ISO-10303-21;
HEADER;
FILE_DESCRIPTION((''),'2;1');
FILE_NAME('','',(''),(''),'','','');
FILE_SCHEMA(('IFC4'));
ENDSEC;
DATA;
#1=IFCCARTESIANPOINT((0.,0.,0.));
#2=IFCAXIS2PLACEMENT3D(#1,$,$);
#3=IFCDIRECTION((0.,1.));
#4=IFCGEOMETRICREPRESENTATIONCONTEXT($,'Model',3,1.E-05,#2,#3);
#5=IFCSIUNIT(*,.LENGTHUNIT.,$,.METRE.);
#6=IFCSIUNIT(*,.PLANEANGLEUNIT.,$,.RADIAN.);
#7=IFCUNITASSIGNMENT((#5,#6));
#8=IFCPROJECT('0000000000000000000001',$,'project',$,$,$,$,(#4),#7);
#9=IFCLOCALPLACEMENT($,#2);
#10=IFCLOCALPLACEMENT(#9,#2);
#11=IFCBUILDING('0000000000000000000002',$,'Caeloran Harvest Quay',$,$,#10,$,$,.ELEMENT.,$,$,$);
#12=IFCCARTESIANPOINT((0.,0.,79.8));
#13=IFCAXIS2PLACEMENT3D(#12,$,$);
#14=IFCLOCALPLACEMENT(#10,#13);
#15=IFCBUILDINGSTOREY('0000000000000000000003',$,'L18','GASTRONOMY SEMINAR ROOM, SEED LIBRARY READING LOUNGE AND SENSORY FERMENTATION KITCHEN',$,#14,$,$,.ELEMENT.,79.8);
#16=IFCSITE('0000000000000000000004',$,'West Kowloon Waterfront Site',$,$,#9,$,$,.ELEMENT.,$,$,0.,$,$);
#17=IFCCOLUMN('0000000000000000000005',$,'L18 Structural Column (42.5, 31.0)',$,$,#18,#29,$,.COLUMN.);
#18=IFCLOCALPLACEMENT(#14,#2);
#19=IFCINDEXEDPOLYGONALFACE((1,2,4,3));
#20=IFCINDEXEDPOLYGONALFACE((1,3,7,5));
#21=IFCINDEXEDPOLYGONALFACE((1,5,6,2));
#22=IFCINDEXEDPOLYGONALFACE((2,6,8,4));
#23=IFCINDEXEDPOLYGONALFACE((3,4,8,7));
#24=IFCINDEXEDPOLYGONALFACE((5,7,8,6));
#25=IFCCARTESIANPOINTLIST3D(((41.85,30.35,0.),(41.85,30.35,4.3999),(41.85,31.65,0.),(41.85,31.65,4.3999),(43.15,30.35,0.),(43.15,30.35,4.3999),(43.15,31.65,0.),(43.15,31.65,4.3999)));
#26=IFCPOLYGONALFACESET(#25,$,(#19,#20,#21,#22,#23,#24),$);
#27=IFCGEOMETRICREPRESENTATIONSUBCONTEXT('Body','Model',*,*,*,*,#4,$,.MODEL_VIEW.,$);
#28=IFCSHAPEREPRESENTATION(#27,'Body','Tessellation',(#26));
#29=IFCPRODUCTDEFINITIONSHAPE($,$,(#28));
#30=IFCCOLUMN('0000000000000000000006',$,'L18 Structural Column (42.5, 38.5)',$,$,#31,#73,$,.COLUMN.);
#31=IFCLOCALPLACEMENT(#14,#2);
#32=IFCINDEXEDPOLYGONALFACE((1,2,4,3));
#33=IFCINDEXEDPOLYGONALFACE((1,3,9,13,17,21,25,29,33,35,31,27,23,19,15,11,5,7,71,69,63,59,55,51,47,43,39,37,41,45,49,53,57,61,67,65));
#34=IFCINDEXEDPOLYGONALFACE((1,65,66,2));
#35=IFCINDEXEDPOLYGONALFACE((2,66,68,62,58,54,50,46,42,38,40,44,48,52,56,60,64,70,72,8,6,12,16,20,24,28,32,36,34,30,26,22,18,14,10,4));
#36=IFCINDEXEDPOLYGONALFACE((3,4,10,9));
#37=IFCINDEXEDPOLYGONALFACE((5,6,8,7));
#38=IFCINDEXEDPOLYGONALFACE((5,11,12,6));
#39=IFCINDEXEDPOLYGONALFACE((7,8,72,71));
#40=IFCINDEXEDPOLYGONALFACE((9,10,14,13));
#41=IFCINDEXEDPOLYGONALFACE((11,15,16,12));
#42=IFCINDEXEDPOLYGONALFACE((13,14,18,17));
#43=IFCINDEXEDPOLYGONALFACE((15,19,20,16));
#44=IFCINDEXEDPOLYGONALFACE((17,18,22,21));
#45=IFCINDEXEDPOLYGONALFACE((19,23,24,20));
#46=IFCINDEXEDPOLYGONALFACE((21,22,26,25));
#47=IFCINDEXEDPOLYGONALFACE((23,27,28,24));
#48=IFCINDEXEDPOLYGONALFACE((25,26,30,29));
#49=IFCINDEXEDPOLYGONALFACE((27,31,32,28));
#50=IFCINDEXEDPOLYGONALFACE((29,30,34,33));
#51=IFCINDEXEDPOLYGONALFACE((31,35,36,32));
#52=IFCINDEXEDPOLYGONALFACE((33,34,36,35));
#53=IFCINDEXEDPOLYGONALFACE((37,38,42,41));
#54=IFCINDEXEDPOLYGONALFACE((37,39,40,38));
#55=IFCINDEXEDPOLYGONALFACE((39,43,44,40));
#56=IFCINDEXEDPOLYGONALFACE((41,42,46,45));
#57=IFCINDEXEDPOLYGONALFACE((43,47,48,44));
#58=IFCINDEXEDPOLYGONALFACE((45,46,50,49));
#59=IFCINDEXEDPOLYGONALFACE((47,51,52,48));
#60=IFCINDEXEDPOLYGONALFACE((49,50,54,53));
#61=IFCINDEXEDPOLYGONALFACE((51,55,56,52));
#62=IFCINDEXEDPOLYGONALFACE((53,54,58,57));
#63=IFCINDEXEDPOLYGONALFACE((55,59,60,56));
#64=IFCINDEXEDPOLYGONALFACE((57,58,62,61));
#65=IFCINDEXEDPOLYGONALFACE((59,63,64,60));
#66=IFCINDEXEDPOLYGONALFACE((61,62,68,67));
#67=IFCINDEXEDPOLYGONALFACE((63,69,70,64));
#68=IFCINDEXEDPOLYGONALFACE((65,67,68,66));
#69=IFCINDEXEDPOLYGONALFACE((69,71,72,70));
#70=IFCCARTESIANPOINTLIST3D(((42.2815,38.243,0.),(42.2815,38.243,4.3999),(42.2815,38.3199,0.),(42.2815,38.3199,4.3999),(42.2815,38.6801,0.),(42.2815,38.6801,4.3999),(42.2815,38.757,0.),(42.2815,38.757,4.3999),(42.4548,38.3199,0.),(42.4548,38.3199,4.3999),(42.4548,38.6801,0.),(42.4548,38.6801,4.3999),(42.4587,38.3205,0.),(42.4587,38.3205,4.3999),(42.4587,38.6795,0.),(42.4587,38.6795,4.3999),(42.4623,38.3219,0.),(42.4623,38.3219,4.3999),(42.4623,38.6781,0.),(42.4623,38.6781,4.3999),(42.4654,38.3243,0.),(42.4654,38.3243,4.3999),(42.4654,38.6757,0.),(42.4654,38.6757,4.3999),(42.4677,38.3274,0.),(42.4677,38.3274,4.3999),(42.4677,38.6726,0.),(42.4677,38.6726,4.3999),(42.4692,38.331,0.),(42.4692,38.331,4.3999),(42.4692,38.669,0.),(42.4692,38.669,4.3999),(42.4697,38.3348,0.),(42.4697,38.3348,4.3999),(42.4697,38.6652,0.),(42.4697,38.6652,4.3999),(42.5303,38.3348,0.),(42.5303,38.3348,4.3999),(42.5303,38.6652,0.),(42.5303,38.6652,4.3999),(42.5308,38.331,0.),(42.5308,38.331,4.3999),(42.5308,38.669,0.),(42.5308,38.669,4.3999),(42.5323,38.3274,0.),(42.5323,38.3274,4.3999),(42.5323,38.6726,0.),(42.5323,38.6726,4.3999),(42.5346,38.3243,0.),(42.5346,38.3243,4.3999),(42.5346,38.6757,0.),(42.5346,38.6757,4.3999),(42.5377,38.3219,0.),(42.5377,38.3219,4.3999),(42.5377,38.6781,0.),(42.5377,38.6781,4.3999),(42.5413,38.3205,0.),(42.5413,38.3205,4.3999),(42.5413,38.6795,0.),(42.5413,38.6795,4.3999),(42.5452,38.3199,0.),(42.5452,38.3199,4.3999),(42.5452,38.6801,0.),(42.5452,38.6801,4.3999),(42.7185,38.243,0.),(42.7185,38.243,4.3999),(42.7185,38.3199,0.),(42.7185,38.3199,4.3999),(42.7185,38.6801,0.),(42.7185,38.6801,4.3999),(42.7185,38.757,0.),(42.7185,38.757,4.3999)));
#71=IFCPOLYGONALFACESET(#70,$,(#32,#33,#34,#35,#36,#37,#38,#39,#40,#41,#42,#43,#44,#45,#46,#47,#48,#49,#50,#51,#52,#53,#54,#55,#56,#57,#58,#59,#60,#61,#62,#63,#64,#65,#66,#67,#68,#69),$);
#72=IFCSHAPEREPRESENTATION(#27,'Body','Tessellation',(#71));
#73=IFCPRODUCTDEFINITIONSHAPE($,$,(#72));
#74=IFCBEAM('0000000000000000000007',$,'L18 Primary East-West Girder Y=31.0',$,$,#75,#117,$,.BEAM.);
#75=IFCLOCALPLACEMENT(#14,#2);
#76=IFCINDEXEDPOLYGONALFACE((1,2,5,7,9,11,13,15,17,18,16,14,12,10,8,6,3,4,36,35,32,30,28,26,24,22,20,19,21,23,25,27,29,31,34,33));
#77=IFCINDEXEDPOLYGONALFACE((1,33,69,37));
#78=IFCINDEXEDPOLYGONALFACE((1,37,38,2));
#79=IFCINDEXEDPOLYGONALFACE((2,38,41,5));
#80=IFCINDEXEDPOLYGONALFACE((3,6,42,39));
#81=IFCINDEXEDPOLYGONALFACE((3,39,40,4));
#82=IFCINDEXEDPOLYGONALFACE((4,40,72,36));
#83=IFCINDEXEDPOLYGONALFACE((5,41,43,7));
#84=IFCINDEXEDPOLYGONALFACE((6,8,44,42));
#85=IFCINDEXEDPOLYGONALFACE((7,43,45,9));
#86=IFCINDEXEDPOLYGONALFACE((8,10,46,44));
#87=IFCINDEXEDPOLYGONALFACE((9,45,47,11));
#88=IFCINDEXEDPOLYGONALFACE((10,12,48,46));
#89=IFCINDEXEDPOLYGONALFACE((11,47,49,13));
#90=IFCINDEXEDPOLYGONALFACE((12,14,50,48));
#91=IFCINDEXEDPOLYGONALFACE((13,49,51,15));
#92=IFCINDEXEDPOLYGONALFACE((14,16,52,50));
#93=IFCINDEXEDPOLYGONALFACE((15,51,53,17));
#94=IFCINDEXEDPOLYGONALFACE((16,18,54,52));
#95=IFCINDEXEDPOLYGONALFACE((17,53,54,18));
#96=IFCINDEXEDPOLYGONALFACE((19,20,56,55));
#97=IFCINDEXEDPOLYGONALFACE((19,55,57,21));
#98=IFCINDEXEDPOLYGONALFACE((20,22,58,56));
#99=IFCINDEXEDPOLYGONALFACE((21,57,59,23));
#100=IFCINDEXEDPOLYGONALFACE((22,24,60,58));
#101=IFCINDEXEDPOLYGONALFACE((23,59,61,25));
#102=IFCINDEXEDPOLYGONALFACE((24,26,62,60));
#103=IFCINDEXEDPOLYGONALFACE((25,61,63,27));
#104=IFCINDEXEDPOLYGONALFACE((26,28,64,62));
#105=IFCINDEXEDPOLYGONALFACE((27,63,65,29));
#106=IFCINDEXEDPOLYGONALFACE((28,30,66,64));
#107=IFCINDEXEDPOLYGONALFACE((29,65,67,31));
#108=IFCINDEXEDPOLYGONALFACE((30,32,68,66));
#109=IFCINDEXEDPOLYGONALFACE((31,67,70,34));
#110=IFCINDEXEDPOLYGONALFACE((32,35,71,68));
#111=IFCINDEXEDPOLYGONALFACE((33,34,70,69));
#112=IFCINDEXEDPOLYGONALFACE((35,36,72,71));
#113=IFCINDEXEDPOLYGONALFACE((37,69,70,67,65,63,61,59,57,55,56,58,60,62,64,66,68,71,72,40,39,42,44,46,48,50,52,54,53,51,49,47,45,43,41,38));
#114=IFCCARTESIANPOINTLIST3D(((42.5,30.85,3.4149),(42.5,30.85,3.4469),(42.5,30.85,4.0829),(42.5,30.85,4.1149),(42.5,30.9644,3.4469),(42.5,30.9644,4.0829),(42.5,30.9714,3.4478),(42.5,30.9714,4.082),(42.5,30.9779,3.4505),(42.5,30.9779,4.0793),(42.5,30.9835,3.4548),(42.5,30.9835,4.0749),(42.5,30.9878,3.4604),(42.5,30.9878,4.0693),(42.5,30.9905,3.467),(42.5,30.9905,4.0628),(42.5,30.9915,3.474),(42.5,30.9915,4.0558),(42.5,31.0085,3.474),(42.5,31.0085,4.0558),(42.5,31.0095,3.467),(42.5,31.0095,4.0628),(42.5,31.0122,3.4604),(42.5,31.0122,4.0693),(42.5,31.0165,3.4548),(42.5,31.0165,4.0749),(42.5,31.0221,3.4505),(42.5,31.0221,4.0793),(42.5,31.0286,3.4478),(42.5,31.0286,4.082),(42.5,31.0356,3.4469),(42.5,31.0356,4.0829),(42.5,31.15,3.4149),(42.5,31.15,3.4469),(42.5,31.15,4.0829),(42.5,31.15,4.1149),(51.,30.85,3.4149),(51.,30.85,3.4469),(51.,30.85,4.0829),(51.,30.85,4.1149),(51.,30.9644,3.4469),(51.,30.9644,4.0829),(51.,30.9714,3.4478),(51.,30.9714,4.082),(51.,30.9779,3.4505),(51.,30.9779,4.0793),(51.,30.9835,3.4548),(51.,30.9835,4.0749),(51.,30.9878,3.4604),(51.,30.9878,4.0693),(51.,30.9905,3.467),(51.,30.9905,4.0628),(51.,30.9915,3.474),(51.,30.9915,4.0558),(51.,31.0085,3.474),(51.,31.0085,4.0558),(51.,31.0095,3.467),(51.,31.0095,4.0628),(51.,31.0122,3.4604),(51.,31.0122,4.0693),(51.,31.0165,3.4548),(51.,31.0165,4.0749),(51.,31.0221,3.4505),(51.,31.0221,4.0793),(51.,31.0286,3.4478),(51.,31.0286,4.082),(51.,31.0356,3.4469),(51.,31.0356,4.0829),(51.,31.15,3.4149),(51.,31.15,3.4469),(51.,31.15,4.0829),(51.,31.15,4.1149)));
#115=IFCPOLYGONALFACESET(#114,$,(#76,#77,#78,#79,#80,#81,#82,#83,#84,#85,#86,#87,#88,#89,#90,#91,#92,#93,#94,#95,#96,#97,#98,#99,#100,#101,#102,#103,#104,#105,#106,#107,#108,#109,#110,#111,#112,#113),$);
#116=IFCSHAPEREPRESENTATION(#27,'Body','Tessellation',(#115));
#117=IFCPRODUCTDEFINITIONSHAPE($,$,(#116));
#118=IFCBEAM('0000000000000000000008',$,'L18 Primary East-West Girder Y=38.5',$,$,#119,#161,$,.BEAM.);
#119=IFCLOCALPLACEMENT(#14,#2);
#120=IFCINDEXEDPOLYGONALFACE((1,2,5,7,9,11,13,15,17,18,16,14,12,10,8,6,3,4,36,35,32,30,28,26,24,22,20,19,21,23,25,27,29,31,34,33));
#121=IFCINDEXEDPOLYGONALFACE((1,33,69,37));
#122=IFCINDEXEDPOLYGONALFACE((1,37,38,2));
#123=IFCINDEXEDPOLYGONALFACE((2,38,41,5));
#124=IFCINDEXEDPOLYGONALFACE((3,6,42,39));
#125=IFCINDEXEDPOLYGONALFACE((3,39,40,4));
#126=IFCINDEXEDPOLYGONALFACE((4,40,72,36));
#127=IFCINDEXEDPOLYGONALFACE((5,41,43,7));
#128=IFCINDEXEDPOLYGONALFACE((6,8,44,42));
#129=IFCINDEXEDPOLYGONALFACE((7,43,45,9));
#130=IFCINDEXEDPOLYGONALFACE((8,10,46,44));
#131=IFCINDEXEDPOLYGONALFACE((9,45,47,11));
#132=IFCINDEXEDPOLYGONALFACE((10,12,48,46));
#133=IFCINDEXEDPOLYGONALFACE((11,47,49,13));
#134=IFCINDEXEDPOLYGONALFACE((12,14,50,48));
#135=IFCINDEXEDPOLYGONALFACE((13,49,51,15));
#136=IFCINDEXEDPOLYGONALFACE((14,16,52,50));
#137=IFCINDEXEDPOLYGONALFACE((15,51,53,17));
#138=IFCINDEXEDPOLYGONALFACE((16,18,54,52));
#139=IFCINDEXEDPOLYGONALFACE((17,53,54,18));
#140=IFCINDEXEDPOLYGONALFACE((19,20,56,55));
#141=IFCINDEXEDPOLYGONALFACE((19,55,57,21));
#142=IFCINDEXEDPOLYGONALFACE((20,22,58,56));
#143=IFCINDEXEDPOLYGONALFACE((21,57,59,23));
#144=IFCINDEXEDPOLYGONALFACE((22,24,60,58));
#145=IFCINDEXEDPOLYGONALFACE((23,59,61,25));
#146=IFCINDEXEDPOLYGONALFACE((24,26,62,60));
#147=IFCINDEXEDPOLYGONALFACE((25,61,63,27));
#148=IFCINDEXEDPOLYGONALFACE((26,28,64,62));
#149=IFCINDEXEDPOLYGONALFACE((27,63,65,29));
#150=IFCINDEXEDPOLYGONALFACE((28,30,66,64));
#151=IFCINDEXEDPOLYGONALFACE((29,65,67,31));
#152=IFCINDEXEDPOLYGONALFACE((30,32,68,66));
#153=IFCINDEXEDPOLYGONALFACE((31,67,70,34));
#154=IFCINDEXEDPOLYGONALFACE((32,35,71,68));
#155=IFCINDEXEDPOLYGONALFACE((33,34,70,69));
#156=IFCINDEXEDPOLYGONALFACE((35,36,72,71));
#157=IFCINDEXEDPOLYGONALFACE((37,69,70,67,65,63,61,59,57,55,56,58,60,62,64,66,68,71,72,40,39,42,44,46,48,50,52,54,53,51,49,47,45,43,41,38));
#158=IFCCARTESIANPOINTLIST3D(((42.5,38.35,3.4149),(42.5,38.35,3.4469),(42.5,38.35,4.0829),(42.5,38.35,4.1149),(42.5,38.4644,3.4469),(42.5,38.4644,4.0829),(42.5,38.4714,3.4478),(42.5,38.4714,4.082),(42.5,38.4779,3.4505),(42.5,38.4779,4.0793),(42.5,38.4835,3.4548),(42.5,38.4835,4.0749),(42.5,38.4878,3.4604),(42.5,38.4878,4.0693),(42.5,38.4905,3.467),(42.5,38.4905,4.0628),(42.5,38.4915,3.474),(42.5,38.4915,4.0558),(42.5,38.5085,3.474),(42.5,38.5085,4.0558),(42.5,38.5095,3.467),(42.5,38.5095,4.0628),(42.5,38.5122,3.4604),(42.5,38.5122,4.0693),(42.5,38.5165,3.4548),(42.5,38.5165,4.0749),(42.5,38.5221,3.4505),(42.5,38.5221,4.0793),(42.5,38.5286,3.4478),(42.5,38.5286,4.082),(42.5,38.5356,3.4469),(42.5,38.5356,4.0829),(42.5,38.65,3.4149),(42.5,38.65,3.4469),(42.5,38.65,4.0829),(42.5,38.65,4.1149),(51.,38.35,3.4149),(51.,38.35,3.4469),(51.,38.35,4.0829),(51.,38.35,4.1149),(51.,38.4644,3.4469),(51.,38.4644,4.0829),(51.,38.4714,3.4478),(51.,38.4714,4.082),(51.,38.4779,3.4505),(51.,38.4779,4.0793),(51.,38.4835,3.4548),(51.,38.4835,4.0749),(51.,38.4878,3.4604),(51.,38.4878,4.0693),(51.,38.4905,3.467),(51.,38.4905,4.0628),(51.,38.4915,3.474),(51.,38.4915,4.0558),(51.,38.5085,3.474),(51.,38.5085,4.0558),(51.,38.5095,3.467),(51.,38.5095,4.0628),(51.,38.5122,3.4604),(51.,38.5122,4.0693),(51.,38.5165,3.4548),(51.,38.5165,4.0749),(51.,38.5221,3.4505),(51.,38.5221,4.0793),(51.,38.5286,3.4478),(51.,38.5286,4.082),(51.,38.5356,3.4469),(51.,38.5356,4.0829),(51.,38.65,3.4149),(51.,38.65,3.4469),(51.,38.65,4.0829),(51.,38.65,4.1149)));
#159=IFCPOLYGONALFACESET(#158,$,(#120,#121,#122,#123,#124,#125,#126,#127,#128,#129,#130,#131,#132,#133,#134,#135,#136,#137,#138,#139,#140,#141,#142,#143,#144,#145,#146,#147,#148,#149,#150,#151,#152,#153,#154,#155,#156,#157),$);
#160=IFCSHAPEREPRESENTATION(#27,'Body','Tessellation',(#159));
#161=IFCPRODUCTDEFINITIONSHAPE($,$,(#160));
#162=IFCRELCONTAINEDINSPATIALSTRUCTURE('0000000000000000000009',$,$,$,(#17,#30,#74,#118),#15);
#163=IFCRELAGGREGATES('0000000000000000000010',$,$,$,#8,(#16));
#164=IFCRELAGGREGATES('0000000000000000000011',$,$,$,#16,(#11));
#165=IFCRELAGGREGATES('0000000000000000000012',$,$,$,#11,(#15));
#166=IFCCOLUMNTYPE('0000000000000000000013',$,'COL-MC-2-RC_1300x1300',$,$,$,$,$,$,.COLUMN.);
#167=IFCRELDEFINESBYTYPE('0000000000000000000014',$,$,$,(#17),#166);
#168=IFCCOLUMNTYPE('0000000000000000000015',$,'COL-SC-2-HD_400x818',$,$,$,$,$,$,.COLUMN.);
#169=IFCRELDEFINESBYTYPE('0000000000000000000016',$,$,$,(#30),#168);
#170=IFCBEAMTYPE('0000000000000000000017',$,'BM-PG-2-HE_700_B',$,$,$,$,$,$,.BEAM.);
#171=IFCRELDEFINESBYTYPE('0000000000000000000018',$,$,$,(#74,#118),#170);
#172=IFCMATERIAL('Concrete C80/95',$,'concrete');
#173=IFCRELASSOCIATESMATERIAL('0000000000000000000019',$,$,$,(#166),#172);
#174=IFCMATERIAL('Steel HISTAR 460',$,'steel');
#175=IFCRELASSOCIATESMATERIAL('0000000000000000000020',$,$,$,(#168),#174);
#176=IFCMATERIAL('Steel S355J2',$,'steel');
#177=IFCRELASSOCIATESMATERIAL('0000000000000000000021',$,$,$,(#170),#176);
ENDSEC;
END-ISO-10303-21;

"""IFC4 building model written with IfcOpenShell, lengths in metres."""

from ifc_helpers import new_model, si_unit, direction, frame, origin, origin_2d, place, context, subcontext, project, spatial, rectangle, i_section, extrude, material, material_profile, profile_set, type_object, element, save


model = new_model("IFC4")

# Units and contexts
model_context = context("Model", 3, precision=1e-05, world=origin(), true_north=direction((0.0, 1.0)))
body_context = subcontext(model_context, "Body", "Model", "MODEL_VIEW")
ifc_project = project(units=[si_unit("LENGTHUNIT", "METRE"), si_unit("PLANEANGLEUNIT", "RADIAN")], contexts=[model_context])

# Site, building, storey
site_placement = place(None, origin())
site = spatial("IfcSite", under=ifc_project, at=site_placement, Name="West Kowloon Waterfront Site", CompositionType="ELEMENT", RefElevation=0.0)
building_placement = place(site_placement, origin())
building = spatial("IfcBuilding", under=site, at=building_placement, Name="Caeloran Harvest Quay", CompositionType="ELEMENT")
storey_placement = place(building_placement, frame((0.0, 0.0, 79.8)))
storey = spatial("IfcBuildingStorey", under=building, at=storey_placement, Name="L18", Description="GASTRONOMY SEMINAR ROOM, SEED LIBRARY READING LOUNGE AND SENSORY FERMENTATION KITCHEN", CompositionType="ELEMENT", Elevation=79.8)

# Columns
ifc_material_1 = material(Name="Concrete C80/95", Category="concrete")
ifc_material_profile_1 = material_profile(ifc_material_1, rectangle(XDim=1.3, YDim=1.3, at=origin_2d()), Name="RC 1300x1300")
ifc_profile_set_1 = profile_set([ifc_material_profile_1], Name="Concrete C80/95")
column_type_1 = type_object("IfcColumnType", Name="COL-MC-2-RC_1300x1300", PredefinedType="COLUMN", material=ifc_profile_set_1)
column_1_placement = place(storey_placement, frame((42.5, 31.0, 0.0), z_axis=(0.0, 0.0, 1.0), x_axis=(1.0, 0.0, 0.0)))
element("IfcColumn", 1, at=column_1_placement, inside=storey, type_object=column_type_1, Name="L18 Structural Column (42.5, 31.0)", PredefinedType="COLUMN", context=body_context, shape_type="SweptSolid", body=[
    extrude(rectangle(XDim=1.3, YDim=1.3, at=origin_2d()), origin(), (0.0, 0.0, 1.0), 4.3999),
])
ifc_material_2 = material(Name="Steel HISTAR 460", Category="steel")
ifc_material_profile_2 = material_profile(ifc_material_2, i_section(OverallWidth=0.437, OverallDepth=0.5139, WebThickness=0.0605, FlangeThickness=0.0769, FilletRadius=0.0149, at=origin_2d()), Name="HD 400x818")
ifc_profile_set_2 = profile_set([ifc_material_profile_2], Name="Steel HISTAR 460")
column_type_2 = type_object("IfcColumnType", Name="COL-SC-2-HD_400x818", PredefinedType="COLUMN", material=ifc_profile_set_2)
column_2_placement = place(storey_placement, frame((42.5, 38.5, 0.0), z_axis=(0.0, 0.0, 1.0), x_axis=(1.0, 0.0, 0.0)))
element("IfcColumn", 2, at=column_2_placement, inside=storey, type_object=column_type_2, Name="L18 Structural Column (42.5, 38.5)", PredefinedType="COLUMN", context=body_context, shape_type="SweptSolid", body=[
    extrude(i_section(OverallWidth=0.437, OverallDepth=0.5139, WebThickness=0.0605, FlangeThickness=0.0769, FilletRadius=0.0149, at=origin_2d()), origin(), (0.0, 0.0, 1.0), 4.3999),
])

# Beams
ifc_material_3 = material(Name="Steel S355J2", Category="steel")
ifc_material_profile_3 = material_profile(ifc_material_3, i_section(OverallWidth=0.3, OverallDepth=0.7, WebThickness=0.0171, FlangeThickness=0.032, FilletRadius=0.0271, at=origin_2d()), Name="HE 700 B")
ifc_profile_set_3 = profile_set([ifc_material_profile_3], Name="Steel S355J2")
beam_type_1 = type_object("IfcBeamType", Name="BM-PG-2-HE_700_B", PredefinedType="BEAM", material=ifc_profile_set_3)
for number, where, z_axis, x_axis, name in (
    (3, (42.5, 31.0, 3.7649), (1.0, 0.0, 0.0), (0.0, 1.0, 0.0), "L18 Primary East-West Girder Y=31.0"),
    (4, (42.5, 38.5, 3.7649), (1.0, 0.0, 0.0), (0.0, 1.0, 0.0), "L18 Primary East-West Girder Y=38.5"),
):
    element("IfcBeam", number, at=place(storey_placement, frame(where, z_axis=z_axis, x_axis=x_axis)), inside=storey, type_object=beam_type_1, Name=name, PredefinedType="BEAM", context=body_context, shape_type="SweptSolid", body=[
        extrude(i_section(OverallWidth=0.3, OverallDepth=0.7, WebThickness=0.0171, FlangeThickness=0.032, FilletRadius=0.0271, at=origin_2d()), origin(), (0.0, 0.0, 1.0), 8.5),
    ])

save(model, "model.ifc")
